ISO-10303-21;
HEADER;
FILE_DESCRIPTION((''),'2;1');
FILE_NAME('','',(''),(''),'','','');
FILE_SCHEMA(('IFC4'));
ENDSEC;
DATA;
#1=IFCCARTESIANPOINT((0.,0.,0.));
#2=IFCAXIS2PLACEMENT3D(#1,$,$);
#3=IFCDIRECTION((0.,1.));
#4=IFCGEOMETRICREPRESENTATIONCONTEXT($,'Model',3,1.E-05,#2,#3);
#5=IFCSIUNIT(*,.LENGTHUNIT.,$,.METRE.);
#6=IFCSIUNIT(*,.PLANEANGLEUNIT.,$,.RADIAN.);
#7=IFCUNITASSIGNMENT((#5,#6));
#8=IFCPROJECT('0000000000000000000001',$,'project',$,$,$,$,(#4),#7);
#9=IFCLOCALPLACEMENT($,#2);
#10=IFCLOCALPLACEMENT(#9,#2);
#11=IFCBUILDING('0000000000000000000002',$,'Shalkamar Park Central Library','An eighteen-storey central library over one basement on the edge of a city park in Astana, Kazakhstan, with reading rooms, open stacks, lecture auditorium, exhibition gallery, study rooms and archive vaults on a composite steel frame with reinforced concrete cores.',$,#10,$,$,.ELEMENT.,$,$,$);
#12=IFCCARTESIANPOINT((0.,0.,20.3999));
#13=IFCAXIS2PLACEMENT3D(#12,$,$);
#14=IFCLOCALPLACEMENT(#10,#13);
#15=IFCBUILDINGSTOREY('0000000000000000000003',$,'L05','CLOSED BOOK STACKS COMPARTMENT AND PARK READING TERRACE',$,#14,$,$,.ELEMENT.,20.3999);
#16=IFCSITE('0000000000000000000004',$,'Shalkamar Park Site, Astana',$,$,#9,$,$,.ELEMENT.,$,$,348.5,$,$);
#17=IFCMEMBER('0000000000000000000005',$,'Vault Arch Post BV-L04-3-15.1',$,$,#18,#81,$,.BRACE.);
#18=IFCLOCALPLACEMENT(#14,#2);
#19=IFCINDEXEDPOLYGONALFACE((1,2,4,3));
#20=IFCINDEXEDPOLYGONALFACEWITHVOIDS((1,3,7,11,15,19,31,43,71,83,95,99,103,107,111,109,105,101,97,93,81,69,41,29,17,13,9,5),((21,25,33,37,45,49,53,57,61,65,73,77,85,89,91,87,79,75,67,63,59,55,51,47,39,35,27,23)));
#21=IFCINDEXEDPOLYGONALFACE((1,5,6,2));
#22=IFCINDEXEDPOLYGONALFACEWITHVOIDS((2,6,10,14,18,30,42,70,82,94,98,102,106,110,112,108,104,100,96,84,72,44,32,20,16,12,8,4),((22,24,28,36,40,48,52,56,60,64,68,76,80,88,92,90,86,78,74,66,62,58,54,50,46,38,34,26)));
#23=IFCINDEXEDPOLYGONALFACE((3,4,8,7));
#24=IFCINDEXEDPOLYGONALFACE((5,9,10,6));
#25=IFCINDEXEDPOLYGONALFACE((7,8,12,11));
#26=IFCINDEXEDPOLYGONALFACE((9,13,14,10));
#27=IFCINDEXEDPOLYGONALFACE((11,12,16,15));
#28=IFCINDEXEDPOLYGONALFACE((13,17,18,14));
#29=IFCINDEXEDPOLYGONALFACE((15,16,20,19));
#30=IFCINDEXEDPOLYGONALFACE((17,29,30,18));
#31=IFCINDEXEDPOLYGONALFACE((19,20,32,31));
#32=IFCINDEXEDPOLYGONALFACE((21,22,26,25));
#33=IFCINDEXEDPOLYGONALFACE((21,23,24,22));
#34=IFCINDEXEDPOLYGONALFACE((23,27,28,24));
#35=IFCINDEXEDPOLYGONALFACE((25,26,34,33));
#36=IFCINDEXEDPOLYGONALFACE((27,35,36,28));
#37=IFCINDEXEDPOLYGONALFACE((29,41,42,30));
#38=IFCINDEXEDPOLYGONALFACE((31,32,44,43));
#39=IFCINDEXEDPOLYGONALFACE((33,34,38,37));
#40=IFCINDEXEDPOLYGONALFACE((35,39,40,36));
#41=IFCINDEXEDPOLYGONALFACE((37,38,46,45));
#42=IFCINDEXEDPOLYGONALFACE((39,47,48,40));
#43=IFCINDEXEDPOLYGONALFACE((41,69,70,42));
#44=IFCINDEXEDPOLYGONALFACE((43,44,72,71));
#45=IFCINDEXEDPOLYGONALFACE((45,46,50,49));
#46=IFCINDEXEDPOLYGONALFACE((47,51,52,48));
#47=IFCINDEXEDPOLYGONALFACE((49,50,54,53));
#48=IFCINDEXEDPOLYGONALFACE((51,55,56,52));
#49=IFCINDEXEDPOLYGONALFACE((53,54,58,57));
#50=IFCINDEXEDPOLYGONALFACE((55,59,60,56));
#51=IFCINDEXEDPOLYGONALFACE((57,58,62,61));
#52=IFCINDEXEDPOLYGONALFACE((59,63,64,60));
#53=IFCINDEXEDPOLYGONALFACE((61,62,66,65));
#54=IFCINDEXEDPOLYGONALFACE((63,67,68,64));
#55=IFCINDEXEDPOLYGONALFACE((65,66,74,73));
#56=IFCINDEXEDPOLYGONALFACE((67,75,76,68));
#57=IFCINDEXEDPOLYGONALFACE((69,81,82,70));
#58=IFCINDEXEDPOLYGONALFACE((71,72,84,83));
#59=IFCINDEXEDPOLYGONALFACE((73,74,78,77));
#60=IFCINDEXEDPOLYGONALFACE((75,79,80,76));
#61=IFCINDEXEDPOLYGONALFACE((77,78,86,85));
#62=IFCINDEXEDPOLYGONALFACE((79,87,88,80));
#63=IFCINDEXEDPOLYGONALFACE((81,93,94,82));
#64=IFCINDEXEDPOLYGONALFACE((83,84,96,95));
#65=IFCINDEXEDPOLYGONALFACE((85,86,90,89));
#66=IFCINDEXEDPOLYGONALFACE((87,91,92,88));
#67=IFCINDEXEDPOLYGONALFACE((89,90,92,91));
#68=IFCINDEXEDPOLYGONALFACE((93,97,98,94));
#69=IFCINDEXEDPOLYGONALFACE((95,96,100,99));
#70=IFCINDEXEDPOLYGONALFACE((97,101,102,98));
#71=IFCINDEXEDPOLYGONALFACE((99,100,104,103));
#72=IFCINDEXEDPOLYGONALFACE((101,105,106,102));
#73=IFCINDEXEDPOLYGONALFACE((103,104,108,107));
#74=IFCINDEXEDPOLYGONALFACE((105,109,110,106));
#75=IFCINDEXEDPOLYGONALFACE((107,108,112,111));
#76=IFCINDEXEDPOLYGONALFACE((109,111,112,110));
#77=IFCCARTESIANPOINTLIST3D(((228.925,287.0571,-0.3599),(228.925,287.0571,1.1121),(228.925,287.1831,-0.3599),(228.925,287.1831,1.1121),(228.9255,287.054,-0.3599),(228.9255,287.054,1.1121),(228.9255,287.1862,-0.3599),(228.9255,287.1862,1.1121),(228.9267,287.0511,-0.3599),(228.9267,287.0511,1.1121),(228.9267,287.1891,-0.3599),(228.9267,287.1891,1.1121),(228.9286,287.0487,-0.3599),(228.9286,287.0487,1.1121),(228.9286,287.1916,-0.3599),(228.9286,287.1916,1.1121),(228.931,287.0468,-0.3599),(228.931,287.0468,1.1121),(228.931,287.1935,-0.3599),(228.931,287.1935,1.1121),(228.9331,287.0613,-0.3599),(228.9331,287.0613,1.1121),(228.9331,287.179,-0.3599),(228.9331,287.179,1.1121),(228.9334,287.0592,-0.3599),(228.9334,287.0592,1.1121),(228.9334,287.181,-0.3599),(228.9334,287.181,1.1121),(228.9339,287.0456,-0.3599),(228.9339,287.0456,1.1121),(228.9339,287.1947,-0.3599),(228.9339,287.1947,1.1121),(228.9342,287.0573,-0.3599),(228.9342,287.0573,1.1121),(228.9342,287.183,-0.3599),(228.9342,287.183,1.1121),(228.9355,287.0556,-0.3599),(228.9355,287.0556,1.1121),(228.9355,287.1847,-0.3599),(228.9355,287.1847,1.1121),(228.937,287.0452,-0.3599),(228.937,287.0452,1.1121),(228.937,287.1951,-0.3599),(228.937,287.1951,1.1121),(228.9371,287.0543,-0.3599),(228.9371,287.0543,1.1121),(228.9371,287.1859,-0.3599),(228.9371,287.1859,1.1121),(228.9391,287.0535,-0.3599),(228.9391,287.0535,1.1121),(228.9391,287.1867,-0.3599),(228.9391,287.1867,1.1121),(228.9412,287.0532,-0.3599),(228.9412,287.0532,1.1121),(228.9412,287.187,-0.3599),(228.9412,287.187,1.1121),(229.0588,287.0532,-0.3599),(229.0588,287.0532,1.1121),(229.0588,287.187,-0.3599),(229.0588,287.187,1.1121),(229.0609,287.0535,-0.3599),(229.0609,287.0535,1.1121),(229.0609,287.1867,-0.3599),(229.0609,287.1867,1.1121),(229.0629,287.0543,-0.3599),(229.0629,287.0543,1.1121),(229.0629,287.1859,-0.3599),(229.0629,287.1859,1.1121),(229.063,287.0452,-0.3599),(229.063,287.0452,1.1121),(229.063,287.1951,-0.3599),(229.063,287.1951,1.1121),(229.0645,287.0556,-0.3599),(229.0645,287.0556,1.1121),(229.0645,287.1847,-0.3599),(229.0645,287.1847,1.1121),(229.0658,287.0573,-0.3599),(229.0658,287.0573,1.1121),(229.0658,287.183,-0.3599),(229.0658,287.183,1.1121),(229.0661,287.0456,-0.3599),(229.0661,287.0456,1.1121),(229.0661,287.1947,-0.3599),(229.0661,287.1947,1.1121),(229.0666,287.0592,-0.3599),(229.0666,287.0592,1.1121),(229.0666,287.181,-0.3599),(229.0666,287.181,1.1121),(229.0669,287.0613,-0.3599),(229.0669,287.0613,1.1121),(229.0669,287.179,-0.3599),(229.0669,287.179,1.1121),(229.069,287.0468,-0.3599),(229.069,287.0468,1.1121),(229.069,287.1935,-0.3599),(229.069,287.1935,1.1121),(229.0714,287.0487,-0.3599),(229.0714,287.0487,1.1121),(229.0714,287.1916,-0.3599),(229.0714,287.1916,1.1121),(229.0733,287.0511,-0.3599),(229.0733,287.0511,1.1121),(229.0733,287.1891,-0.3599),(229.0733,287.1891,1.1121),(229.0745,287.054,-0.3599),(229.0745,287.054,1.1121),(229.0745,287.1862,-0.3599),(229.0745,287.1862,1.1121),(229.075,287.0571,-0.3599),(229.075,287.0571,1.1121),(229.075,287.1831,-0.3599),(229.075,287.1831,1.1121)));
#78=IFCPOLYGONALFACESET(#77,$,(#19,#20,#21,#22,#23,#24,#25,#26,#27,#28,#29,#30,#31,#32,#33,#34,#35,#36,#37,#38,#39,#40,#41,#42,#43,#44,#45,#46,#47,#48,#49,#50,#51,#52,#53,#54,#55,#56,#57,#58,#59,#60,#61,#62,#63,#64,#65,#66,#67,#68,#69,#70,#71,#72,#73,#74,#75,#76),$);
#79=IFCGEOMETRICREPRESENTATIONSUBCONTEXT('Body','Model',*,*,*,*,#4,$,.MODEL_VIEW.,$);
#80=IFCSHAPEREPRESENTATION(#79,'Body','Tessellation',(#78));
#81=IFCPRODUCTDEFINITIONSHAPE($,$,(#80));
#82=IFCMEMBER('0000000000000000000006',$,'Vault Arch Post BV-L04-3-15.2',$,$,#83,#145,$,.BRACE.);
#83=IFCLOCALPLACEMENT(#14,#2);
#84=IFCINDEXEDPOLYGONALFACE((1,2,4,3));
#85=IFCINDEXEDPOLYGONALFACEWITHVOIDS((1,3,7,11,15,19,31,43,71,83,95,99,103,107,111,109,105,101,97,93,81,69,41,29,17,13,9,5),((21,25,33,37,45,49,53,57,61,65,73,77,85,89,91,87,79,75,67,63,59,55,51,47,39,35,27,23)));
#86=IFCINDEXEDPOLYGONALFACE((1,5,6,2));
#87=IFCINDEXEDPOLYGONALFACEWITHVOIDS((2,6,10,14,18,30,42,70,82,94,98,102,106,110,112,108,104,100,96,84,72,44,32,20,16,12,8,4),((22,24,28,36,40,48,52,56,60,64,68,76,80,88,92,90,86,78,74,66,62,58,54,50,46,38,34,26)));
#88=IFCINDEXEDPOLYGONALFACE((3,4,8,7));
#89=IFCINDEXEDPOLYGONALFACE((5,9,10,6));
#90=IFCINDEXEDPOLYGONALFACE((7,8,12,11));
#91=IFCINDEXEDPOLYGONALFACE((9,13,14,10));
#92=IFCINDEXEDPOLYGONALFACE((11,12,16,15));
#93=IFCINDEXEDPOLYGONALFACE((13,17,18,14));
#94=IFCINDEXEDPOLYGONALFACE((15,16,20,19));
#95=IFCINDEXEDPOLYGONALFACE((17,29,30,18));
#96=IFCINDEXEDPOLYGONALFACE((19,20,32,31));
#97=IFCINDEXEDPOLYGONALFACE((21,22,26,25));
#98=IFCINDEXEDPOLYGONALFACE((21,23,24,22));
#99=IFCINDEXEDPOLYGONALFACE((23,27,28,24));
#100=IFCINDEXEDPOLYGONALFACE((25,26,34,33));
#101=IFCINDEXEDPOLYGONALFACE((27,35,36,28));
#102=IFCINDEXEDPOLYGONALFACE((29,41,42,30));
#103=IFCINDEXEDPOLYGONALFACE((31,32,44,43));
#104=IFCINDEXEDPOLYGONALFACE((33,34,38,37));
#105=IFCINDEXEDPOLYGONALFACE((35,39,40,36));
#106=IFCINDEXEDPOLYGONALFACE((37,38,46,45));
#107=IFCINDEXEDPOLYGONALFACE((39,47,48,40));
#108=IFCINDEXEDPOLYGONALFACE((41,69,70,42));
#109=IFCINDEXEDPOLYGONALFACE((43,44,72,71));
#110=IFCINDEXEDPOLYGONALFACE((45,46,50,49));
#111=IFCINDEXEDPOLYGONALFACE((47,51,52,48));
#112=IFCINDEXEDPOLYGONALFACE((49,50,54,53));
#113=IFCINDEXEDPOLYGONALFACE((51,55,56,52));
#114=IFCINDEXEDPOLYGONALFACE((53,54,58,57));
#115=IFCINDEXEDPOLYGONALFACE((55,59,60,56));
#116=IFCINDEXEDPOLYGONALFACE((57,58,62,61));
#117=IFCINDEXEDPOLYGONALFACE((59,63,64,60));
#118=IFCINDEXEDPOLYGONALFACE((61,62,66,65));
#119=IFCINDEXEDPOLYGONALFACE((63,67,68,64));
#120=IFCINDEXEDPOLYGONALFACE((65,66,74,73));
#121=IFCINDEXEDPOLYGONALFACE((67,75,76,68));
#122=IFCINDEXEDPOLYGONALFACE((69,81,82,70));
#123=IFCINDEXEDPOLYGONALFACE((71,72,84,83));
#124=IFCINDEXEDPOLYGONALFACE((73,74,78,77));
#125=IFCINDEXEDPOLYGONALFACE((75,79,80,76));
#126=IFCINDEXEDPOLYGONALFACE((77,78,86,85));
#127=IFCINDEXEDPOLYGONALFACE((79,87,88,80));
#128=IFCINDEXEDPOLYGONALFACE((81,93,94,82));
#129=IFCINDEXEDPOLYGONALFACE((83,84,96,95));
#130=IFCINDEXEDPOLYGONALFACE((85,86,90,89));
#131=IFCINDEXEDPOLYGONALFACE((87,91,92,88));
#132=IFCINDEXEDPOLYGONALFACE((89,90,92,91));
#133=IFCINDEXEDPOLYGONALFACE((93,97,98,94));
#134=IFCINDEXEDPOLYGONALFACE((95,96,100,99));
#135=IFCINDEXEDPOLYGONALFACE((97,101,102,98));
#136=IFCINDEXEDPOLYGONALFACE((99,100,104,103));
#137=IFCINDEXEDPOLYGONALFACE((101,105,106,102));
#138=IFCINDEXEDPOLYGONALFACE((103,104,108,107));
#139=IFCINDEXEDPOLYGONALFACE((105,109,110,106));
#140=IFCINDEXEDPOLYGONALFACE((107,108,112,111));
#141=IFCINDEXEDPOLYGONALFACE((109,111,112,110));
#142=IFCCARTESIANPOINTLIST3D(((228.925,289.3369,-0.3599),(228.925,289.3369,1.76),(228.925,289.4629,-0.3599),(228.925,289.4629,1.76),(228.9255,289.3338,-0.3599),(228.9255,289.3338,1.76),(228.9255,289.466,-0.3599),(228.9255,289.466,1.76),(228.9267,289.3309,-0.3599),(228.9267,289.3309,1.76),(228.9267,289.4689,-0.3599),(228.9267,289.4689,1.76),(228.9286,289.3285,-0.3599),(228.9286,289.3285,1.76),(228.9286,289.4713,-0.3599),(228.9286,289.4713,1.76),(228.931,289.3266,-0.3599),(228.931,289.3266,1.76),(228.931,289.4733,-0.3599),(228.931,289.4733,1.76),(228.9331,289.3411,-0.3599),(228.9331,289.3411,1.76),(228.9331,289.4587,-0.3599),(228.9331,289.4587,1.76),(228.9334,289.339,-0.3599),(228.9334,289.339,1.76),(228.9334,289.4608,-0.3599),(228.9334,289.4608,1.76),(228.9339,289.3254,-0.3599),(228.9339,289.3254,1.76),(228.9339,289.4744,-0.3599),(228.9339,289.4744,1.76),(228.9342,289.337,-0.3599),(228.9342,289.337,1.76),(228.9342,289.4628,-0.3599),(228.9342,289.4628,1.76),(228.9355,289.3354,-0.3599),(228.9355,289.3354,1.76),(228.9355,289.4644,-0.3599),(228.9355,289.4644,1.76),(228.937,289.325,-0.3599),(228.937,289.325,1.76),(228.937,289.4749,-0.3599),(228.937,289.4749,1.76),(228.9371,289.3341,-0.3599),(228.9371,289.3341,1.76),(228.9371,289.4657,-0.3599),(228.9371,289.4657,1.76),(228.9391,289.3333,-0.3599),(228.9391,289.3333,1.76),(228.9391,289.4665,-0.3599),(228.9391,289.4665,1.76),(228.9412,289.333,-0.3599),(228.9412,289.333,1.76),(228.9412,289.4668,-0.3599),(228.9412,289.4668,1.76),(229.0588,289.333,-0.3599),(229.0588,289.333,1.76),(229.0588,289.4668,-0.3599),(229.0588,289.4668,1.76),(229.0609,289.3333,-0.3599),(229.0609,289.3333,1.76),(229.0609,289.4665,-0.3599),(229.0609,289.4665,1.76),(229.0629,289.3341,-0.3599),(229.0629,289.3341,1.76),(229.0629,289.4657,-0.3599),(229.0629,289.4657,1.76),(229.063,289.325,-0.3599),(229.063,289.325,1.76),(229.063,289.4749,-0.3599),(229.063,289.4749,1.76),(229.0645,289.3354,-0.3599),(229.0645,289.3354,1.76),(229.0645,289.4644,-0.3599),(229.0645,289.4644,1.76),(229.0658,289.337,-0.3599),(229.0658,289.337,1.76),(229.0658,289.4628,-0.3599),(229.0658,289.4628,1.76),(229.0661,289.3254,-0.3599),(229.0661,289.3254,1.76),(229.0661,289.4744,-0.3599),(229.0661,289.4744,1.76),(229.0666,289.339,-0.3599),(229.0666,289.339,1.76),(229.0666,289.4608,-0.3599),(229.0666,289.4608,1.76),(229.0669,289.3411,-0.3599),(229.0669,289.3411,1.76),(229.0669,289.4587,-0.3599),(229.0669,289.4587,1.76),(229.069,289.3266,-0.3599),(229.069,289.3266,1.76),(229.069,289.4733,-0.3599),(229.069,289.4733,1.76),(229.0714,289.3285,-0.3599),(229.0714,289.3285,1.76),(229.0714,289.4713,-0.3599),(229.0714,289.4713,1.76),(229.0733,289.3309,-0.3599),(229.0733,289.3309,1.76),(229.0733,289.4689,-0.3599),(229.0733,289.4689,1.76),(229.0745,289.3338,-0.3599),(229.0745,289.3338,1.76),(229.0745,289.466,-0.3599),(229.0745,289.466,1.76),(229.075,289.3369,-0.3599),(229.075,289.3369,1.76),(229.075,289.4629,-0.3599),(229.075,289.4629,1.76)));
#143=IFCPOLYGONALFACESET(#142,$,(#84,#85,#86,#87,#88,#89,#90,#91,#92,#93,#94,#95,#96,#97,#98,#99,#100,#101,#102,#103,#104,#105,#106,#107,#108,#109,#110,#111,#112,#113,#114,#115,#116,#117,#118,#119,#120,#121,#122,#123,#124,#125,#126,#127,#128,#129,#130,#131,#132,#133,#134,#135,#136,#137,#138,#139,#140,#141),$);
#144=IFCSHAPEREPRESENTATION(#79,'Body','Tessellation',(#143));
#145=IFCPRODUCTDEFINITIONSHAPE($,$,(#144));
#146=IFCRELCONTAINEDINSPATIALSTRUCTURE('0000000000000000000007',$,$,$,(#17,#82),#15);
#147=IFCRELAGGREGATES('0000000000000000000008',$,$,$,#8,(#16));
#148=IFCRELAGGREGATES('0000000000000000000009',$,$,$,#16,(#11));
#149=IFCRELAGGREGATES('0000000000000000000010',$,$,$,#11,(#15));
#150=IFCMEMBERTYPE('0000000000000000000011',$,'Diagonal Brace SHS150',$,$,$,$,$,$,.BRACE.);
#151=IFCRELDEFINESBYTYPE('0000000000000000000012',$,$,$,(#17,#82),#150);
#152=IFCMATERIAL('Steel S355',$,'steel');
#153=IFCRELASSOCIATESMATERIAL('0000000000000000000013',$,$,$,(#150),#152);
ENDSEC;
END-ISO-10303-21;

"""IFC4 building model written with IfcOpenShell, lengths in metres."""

from ifc_helpers import new_model, si_unit, direction, frame, origin, origin_2d, place, context, subcontext, project, spatial, hollow_rectangle, extrude, material, material_profile, profile_set, type_object, element, save


model = new_model("IFC4")

# Units and contexts
model_context = context("Model", 3, precision=1e-05, world=origin(), true_north=direction((0.0, 1.0)))
body_context = subcontext(model_context, "Body", "Model", "MODEL_VIEW")
ifc_project = project(units=[si_unit("LENGTHUNIT", "METRE"), si_unit("PLANEANGLEUNIT", "RADIAN")], contexts=[model_context])

# Site, building, storey
site_placement = place(None, origin())
site = spatial("IfcSite", under=ifc_project, at=site_placement, Name="Shalkamar Park Site, Astana", CompositionType="ELEMENT", RefElevation=348.5)
building_placement = place(site_placement, origin())
building = spatial("IfcBuilding", under=site, at=building_placement, Name="Shalkamar Park Central Library", Description="An eighteen-storey central library over one basement on the edge of a city park in Astana, Kazakhstan, with reading rooms, open stacks, lecture auditorium, exhibition gallery, study rooms and archive vaults on a composite steel frame with reinforced concrete cores.", CompositionType="ELEMENT")
storey_placement = place(building_placement, frame((0.0, 0.0, 20.3999)))
storey = spatial("IfcBuildingStorey", under=building, at=storey_placement, Name="L05", Description="CLOSED BOOK STACKS COMPARTMENT AND PARK READING TERRACE", CompositionType="ELEMENT", Elevation=20.3999)

# Members
ifc_material_1 = material(Name="Steel S355", Category="steel")
ifc_material_profile_1 = material_profile(ifc_material_1, hollow_rectangle(XDim=0.1499, YDim=0.1499, WallThickness=0.0081, InnerFilletRadius=0.0081, OuterFilletRadius=0.012, at=origin_2d()), Name="SHS 150x150x8")
ifc_profile_set_1 = profile_set([ifc_material_profile_1], Name="Steel S355")
member_type_1 = type_object("IfcMemberType", Name="Diagonal Brace SHS150", PredefinedType="BRACE", material=ifc_profile_set_1)
for number, where, z_axis, x_axis, name in (
    (1, (229.0, 287.1201, -0.3599), (0.0, 0.0, 1.0), (1.0, 0.0, 0.0), "Vault Arch Post BV-L04-3-15.1"),
):
    element("IfcMember", number, at=place(storey_placement, frame(where, z_axis=z_axis, x_axis=x_axis)), inside=storey, type_object=member_type_1, Name=name, PredefinedType="BRACE", context=body_context, shape_type="SweptSolid", body=[
        extrude(hollow_rectangle(XDim=0.1499, YDim=0.1499, WallThickness=0.0081, InnerFilletRadius=0.0081, OuterFilletRadius=0.012, at=origin_2d()), origin(), (0.0, 0.0, 1.0), 1.4719),
    ])
member_1_placement = place(storey_placement, frame((229.0, 289.3999, -0.3599), z_axis=(0.0, 0.0, 1.0), x_axis=(1.0, 0.0, 0.0)))
element("IfcMember", 2, at=member_1_placement, inside=storey, type_object=member_type_1, Name="Vault Arch Post BV-L04-3-15.2", PredefinedType="BRACE", context=body_context, shape_type="SweptSolid", body=[
    extrude(hollow_rectangle(XDim=0.1499, YDim=0.1499, WallThickness=0.0081, InnerFilletRadius=0.0081, OuterFilletRadius=0.012, at=origin_2d()), origin(), (0.0, 0.0, 1.0), 2.1199),
])

save(model, "model.ifc")
